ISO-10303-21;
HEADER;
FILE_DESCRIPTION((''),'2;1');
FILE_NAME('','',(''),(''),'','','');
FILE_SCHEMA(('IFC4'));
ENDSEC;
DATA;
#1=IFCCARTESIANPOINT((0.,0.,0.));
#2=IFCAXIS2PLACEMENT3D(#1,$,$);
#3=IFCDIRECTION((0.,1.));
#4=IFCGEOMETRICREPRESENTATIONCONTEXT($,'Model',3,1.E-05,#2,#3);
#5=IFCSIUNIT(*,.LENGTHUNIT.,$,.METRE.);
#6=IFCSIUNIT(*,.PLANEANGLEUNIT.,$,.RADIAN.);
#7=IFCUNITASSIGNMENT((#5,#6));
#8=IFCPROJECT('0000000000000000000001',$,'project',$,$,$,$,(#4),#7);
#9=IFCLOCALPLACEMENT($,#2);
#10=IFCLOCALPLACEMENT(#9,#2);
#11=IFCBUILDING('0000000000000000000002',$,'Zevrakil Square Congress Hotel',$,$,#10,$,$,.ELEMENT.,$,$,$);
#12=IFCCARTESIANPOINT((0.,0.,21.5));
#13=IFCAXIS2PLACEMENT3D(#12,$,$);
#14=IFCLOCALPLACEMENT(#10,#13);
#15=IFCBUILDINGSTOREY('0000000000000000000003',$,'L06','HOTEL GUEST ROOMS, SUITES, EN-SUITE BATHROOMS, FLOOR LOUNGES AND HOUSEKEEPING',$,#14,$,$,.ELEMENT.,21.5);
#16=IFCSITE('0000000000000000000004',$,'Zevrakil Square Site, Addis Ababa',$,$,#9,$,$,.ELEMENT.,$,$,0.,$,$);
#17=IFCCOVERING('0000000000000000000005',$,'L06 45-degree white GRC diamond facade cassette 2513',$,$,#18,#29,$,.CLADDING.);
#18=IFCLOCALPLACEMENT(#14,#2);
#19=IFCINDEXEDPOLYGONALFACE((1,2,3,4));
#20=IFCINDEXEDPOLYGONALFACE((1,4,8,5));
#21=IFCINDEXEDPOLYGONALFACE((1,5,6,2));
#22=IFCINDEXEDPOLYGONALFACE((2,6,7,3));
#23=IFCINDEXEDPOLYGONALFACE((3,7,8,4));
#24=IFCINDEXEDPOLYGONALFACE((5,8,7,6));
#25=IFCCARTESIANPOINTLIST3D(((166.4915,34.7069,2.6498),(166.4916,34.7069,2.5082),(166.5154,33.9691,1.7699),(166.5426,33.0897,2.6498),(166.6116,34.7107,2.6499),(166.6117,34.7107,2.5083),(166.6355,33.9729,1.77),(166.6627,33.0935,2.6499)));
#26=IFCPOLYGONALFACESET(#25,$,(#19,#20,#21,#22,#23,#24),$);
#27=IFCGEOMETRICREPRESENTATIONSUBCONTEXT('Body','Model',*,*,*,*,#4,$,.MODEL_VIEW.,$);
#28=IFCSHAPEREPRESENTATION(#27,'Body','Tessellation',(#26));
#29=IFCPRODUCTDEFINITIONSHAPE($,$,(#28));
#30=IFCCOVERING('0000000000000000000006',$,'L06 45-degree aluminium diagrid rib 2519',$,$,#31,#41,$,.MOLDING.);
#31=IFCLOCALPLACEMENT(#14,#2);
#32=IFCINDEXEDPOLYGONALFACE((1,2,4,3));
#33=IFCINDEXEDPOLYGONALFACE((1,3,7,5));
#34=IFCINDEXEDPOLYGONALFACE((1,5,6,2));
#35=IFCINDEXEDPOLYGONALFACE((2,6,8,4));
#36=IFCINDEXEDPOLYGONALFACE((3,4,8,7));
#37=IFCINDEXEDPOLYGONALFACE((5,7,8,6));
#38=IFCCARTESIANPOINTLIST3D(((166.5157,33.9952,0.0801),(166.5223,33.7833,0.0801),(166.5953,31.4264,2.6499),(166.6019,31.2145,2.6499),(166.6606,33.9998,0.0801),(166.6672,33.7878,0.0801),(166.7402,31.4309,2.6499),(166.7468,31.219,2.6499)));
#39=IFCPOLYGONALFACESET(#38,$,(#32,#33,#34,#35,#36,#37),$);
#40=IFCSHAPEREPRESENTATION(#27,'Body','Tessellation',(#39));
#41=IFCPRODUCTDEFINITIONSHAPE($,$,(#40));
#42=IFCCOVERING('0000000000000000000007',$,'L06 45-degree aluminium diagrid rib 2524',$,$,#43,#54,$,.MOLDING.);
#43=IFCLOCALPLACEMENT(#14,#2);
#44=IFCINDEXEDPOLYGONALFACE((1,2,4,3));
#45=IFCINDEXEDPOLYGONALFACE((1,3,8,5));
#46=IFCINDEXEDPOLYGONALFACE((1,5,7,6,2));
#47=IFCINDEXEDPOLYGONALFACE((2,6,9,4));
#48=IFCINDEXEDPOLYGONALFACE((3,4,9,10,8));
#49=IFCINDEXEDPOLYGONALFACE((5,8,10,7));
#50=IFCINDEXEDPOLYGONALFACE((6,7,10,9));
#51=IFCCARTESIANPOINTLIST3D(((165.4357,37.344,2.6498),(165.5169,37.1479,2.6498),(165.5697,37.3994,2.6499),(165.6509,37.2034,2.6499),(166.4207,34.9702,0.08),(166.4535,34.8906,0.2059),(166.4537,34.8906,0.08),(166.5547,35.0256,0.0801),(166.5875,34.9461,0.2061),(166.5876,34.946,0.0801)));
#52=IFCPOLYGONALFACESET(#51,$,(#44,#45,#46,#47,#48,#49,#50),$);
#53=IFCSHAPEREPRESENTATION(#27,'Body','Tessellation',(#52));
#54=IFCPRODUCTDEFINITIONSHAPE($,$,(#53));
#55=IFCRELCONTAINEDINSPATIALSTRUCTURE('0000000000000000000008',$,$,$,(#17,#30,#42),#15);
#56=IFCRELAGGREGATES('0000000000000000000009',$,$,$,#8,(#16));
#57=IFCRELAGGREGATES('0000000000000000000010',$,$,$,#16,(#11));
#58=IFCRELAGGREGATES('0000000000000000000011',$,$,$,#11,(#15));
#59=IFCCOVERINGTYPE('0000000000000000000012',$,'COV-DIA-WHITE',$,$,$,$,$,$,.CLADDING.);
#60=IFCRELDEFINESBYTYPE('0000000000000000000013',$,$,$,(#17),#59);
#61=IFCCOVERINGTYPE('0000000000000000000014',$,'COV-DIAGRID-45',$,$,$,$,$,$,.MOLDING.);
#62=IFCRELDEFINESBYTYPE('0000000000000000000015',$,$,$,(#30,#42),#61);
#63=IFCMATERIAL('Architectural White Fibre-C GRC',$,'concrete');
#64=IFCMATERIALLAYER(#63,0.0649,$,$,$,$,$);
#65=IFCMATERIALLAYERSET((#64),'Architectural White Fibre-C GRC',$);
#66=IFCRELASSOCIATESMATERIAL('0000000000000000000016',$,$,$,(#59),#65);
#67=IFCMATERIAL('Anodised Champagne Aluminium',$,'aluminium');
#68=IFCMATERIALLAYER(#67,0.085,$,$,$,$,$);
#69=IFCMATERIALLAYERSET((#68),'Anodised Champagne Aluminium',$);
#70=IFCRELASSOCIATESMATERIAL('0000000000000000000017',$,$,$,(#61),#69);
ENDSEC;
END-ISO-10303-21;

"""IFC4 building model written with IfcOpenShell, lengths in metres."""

from ifc_helpers import new_model, si_unit, direction, frame, origin, place, context, subcontext, project, spatial, polyline, outline, extrude, material, layer, layer_set, type_object, element, save


model = new_model("IFC4")

# Units and contexts
model_context = context("Model", 3, precision=1e-05, world=origin(), true_north=direction((0.0, 1.0)))
body_context = subcontext(model_context, "Body", "Model", "MODEL_VIEW")
ifc_project = project(units=[si_unit("LENGTHUNIT", "METRE"), si_unit("PLANEANGLEUNIT", "RADIAN")], contexts=[model_context])

# Site, building, storey
site_placement = place(None, origin())
site = spatial("IfcSite", under=ifc_project, at=site_placement, Name="Zevrakil Square Site, Addis Ababa", CompositionType="ELEMENT", RefElevation=0.0)
building_placement = place(site_placement, origin())
building = spatial("IfcBuilding", under=site, at=building_placement, Name="Zevrakil Square Congress Hotel", CompositionType="ELEMENT")
storey_placement = place(building_placement, frame((0.0, 0.0, 21.5)))
storey = spatial("IfcBuildingStorey", under=building, at=storey_placement, Name="L06", Description="HOTEL GUEST ROOMS, SUITES, EN-SUITE BATHROOMS, FLOOR LOUNGES AND HOUSEKEEPING", CompositionType="ELEMENT", Elevation=21.5)

# Coverings
ifc_material_1 = material(Name="Architectural White Fibre-C GRC", Category="concrete")
ifc_layer_1 = layer(ifc_material_1, 0.0649)
ifc_layer_set_1 = layer_set([ifc_layer_1], Name="Architectural White Fibre-C GRC")
covering_type_1 = type_object("IfcCoveringType", Name="COV-DIA-WHITE", PredefinedType="CLADDING", material=ifc_layer_set_1)
covering_1_placement = place(storey_placement, frame((166.6355, 33.9729, 1.77), z_axis=(0.9995, 0.031596, 0.000685), x_axis=(0.021857, -0.70674, 0.707135)))
element("IfcCovering", 1, at=covering_1_placement, inside=storey, type_object=covering_type_1, Name="L06 45-degree white GRC diamond facade cassette 2513", PredefinedType="CLADDING", context=body_context, shape_type="SweptSolid", body=[
    extrude(outline(polyline([(0.0, 0.0), (1.2443, 0.0), (0.1002, -1.1441), (0.0001, -1.044), (0.0, 0.0)])), origin(), (0.0, 0.0, -1.0), 0.1201),
])
ifc_material_2 = material(Name="Anodised Champagne Aluminium", Category="aluminium")
ifc_layer_2 = layer(ifc_material_2, 0.085)
ifc_layer_set_2 = layer_set([ifc_layer_2], Name="Anodised Champagne Aluminium")
covering_type_2 = type_object("IfcCoveringType", Name="COV-DIAGRID-45", PredefinedType="MOLDING", material=ifc_layer_set_2)
covering_2_placement = place(storey_placement, frame((166.7468, 31.219, 2.6499), z_axis=(0.999517, 0.031091, 0.000123), x_axis=(-0.031091, 0.999517, 0.0)))
element("IfcCovering", 2, at=covering_2_placement, inside=storey, type_object=covering_type_2, Name="L06 45-degree aluminium diagrid rib 2519", PredefinedType="MOLDING", context=body_context, shape_type="SweptSolid", body=[
    extrude(outline(polyline([(0.0, 0.0), (0.212, 0.0), (2.7821, -2.5698), (2.5701, -2.5698), (0.0, 0.0)])), origin(), (0.0, 0.0, -1.0), 0.145),
])
covering_3_placement = place(storey_placement, frame((166.5547, 35.0256, 0.0801), z_axis=(0.92394, 0.382536, 0.00079), x_axis=(0.382536, -0.92394, 0.0)))
element("IfcCovering", 3, at=covering_3_placement, inside=storey, type_object=covering_type_2, Name="L06 45-degree aluminium diagrid rib 2524", PredefinedType="MOLDING", context=body_context, shape_type="SweptSolid", body=[
    extrude(outline(polyline([(0.0, 0.0), (0.0861, 0.0), (0.0861, -0.126), (-2.3578, -2.5698), (-2.5701, -2.5698), (0.0, 0.0)])), origin(), (0.0, 0.0, -1.0), 0.145),
])

save(model, "model.ifc")
